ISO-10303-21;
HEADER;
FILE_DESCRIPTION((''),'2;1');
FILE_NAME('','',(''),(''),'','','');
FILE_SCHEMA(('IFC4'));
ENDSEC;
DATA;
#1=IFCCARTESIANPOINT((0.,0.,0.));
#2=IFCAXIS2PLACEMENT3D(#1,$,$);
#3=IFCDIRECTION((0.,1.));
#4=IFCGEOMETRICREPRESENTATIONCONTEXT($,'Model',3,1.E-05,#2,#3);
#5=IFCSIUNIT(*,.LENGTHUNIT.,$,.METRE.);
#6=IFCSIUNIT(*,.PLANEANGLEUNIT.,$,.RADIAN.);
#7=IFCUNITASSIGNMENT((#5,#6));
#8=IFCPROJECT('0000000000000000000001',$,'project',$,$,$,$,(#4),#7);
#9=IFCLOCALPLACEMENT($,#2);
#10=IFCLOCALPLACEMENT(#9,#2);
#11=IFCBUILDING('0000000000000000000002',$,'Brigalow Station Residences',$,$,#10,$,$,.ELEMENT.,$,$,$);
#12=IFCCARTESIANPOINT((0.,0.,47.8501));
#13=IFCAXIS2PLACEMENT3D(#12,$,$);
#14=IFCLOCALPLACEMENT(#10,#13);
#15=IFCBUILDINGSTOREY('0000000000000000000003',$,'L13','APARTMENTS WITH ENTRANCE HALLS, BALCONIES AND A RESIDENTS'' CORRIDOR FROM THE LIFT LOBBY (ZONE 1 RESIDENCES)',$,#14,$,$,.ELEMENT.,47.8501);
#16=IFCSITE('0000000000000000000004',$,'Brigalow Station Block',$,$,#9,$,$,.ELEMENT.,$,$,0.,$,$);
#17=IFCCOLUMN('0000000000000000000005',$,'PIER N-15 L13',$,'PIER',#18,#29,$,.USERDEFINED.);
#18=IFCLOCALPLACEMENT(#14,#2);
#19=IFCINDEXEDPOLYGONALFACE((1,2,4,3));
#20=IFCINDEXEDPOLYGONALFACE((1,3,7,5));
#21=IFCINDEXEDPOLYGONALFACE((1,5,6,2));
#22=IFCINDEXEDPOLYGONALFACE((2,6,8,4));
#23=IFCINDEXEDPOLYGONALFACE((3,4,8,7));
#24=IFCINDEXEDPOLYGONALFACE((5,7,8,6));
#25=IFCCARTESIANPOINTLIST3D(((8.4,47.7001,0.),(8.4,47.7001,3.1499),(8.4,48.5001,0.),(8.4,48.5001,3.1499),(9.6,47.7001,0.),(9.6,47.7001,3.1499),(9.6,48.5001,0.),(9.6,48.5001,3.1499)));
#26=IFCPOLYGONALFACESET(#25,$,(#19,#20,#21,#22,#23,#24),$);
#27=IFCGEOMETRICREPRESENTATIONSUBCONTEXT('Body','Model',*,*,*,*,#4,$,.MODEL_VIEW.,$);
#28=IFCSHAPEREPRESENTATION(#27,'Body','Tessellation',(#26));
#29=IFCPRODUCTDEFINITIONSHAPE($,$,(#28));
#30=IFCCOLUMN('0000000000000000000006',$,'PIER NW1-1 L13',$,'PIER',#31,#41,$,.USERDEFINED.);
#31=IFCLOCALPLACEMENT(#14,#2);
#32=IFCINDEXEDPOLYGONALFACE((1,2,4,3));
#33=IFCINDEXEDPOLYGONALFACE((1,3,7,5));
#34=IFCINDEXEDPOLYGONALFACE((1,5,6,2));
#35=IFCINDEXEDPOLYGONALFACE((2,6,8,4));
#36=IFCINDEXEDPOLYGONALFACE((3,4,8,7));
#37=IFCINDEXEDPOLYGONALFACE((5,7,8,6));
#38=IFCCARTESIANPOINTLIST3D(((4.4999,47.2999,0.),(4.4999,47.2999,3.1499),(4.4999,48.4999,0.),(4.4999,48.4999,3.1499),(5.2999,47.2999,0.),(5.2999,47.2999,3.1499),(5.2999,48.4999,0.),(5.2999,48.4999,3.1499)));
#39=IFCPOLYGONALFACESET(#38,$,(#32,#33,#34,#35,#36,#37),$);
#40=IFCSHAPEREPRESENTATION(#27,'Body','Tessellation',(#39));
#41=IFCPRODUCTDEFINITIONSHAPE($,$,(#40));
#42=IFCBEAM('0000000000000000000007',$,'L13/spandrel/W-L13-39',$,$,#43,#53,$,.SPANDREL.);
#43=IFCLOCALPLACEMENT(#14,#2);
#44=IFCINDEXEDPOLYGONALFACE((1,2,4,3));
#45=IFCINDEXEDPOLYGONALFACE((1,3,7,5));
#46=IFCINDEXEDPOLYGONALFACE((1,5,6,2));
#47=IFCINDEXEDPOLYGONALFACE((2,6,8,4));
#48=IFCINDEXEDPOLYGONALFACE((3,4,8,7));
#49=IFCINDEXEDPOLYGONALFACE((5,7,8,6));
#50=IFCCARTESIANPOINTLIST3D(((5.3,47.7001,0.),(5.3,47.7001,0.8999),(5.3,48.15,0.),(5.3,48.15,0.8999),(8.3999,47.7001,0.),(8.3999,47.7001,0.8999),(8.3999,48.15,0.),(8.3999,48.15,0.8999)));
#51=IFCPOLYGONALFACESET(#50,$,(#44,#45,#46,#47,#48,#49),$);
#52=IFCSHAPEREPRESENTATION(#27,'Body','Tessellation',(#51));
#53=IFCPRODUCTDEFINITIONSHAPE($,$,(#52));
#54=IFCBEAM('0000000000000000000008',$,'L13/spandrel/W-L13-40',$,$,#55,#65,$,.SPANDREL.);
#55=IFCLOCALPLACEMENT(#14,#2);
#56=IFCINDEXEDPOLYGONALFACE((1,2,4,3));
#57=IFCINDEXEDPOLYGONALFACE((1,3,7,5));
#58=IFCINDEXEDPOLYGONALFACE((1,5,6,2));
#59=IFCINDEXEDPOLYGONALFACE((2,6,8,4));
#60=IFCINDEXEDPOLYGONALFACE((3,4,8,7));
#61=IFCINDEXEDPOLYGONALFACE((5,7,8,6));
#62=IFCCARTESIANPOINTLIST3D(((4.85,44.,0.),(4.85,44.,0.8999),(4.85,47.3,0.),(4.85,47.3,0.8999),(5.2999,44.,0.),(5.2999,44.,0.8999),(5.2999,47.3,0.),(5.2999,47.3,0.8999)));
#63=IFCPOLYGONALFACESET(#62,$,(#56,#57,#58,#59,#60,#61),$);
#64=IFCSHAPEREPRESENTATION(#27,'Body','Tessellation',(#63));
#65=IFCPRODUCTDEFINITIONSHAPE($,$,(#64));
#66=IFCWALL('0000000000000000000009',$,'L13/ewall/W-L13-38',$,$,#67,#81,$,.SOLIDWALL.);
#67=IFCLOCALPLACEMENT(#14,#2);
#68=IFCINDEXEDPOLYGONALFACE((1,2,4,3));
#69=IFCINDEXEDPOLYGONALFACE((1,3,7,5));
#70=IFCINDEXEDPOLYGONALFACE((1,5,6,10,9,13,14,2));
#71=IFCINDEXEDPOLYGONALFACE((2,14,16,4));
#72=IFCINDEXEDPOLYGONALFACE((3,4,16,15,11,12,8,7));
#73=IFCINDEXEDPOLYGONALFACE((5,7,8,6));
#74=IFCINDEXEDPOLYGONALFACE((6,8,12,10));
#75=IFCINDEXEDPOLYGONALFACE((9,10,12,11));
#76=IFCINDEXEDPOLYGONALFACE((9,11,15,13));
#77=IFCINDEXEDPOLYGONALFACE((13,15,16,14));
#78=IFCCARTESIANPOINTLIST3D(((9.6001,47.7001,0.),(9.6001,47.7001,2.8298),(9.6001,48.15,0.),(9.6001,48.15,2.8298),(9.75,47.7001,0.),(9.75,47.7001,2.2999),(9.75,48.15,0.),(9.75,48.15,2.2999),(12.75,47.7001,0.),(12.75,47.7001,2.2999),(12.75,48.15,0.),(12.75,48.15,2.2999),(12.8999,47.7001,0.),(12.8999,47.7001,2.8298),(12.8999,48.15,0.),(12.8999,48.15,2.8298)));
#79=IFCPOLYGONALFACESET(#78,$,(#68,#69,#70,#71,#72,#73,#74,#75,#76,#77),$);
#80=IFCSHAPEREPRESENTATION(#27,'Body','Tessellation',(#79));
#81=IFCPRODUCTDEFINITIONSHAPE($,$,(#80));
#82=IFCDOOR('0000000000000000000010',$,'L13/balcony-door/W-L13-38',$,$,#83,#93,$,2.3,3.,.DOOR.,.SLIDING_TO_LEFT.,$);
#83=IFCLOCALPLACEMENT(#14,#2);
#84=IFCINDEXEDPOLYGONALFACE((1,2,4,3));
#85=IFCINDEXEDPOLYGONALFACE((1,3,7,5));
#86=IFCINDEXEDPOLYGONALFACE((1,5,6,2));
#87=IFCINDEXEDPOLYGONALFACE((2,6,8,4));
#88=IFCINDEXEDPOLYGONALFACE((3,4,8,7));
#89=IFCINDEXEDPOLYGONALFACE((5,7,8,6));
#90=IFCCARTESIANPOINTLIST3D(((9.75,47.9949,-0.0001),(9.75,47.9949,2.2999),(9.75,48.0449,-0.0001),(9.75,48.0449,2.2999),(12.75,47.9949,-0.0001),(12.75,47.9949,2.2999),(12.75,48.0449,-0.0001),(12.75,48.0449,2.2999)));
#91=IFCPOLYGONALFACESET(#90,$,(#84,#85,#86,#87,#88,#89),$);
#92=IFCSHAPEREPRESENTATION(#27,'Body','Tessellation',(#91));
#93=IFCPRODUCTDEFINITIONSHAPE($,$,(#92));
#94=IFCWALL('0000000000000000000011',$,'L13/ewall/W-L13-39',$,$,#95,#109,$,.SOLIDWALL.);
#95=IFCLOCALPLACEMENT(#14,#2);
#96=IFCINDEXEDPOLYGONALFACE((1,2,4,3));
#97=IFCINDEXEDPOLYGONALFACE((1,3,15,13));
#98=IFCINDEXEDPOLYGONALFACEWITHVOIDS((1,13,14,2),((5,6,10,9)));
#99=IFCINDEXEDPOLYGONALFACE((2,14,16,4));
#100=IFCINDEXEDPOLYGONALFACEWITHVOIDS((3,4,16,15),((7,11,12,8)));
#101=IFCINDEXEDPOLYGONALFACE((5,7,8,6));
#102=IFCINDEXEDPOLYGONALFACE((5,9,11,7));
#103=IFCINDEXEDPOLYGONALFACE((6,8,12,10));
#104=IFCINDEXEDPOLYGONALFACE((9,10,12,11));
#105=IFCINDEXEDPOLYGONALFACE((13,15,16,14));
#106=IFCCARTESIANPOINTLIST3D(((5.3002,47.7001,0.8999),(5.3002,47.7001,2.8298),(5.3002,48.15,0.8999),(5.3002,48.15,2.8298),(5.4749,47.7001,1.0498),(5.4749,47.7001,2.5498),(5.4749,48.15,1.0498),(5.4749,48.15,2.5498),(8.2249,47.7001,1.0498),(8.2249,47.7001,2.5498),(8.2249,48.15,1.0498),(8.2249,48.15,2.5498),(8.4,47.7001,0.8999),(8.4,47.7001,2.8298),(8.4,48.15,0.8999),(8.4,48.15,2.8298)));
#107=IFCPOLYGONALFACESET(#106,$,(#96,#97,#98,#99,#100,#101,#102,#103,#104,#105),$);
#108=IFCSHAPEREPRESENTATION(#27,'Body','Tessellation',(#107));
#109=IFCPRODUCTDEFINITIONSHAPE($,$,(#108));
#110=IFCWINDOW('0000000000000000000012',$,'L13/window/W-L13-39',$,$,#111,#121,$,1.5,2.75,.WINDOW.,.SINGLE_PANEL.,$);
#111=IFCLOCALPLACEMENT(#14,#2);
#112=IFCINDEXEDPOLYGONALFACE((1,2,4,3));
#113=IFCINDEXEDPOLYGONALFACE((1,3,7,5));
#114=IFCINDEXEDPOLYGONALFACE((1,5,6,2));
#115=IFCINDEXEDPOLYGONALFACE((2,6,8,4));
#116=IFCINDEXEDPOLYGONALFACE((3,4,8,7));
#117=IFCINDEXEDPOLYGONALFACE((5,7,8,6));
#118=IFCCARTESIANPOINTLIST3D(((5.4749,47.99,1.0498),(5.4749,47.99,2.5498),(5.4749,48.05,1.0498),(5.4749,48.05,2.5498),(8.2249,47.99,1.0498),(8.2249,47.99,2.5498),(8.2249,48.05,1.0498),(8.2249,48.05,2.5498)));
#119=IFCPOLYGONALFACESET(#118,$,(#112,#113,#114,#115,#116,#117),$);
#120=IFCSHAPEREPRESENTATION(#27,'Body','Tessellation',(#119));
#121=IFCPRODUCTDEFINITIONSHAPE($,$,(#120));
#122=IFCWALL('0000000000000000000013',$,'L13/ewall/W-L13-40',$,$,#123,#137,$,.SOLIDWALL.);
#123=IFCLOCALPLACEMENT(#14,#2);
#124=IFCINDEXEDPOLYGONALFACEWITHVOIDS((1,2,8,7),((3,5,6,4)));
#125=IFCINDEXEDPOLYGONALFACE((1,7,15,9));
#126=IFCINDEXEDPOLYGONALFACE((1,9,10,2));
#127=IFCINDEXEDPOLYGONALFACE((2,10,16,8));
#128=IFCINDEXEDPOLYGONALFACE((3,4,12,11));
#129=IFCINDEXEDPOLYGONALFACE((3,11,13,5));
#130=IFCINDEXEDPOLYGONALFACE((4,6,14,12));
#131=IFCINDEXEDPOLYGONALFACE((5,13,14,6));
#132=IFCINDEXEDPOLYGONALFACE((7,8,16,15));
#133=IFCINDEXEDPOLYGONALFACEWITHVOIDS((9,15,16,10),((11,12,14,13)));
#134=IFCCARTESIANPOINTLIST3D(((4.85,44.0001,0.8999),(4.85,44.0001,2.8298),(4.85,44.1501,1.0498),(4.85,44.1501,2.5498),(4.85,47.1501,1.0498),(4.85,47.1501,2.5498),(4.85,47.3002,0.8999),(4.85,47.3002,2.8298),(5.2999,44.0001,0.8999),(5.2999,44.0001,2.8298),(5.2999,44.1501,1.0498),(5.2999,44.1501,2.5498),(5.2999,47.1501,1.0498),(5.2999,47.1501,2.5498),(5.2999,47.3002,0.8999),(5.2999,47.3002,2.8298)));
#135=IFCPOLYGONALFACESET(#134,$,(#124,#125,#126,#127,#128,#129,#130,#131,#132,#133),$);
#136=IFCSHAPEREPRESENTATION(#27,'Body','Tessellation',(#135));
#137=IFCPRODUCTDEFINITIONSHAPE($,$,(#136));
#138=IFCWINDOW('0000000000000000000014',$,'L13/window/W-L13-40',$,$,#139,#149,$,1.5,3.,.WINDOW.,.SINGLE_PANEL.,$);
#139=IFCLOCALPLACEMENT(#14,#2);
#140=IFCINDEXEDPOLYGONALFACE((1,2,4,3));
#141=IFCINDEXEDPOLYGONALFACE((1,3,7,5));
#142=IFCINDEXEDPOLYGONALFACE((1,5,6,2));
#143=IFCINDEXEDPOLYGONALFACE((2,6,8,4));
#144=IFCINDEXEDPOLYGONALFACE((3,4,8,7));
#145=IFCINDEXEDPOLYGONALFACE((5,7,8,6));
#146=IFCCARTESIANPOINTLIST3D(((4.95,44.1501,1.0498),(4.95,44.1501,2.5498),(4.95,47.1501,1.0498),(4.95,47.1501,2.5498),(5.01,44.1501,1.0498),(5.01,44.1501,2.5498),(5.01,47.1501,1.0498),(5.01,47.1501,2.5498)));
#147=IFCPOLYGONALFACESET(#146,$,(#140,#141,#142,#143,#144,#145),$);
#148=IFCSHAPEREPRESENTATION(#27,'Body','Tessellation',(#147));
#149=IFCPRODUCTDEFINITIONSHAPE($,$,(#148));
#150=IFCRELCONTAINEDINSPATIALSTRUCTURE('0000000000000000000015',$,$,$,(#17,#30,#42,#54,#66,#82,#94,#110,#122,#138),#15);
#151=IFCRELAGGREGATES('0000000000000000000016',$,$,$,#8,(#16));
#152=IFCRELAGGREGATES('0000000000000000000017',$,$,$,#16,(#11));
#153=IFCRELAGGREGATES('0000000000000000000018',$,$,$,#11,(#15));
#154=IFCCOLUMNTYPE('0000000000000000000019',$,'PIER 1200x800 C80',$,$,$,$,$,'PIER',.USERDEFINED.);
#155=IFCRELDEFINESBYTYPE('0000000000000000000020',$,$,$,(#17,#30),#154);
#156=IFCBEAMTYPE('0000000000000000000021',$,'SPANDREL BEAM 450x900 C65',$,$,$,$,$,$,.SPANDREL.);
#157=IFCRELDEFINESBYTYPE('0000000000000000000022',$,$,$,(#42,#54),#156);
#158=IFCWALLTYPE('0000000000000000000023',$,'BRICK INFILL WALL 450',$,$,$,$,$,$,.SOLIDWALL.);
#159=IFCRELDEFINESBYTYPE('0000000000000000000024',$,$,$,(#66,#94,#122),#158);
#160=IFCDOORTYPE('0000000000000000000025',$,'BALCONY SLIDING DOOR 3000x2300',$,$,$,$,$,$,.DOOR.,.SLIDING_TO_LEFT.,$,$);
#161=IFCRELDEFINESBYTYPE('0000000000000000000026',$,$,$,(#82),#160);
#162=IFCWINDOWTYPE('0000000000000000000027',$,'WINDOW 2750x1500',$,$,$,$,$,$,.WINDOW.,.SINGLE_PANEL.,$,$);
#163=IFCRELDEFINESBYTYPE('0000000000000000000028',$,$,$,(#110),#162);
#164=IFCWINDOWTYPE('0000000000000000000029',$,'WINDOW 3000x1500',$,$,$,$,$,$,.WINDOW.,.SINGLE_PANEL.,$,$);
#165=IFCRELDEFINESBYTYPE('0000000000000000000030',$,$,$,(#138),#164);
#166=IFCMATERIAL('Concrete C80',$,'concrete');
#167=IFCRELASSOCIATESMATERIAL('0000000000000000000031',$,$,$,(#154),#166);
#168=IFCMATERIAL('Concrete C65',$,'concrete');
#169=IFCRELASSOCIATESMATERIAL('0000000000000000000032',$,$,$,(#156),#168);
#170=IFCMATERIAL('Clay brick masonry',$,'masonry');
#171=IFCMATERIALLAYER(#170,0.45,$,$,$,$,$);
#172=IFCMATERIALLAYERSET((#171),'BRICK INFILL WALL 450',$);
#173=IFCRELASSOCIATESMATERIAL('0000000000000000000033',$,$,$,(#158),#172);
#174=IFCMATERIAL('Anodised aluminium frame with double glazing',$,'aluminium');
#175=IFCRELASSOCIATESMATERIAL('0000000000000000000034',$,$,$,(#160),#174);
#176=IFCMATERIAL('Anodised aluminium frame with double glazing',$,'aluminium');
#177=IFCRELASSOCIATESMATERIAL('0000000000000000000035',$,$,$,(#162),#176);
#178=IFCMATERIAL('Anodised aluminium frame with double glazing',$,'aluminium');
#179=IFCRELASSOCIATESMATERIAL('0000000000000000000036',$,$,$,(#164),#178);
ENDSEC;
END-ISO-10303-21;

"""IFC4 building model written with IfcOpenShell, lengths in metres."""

from ifc_helpers import new_model, si_unit, direction, frame, frame_2d, origin, origin_2d, place, context, subcontext, project, spatial, rectangle, extrude, material, layer, layer_set, material_profile, profile_set, type_object, element, fill, save


model = new_model("IFC4")

# Units and contexts
model_context = context("Model", 3, precision=1e-05, world=origin(), true_north=direction((0.0, 1.0)))
body_context = subcontext(model_context, "Body", "Model", "MODEL_VIEW")
ifc_project = project(units=[si_unit("LENGTHUNIT", "METRE"), si_unit("PLANEANGLEUNIT", "RADIAN")], contexts=[model_context])

# Site, building, storey
site_placement = place(None, origin())
site = spatial("IfcSite", under=ifc_project, at=site_placement, Name="Brigalow Station Block", CompositionType="ELEMENT", RefElevation=0.0)
building_placement = place(site_placement, origin())
building = spatial("IfcBuilding", under=site, at=building_placement, Name="Brigalow Station Residences", CompositionType="ELEMENT")
storey_placement = place(building_placement, frame((0.0, 0.0, 47.8501)))
storey = spatial("IfcBuildingStorey", under=building, at=storey_placement, Name="L13", Description="APARTMENTS WITH ENTRANCE HALLS, BALCONIES AND A RESIDENTS' CORRIDOR FROM THE LIFT LOBBY (ZONE 1 RESIDENCES)", CompositionType="ELEMENT", Elevation=47.8501)

# Columns
ifc_material_1 = material(Name="Concrete C80", Category="concrete")
ifc_material_profile_1 = material_profile(ifc_material_1, rectangle(XDim=1.2, YDim=0.8, at=origin_2d()), Name="RC1200x800")
ifc_profile_set_1 = profile_set([ifc_material_profile_1], Name="Concrete C80")
column_type = type_object("IfcColumnType", Name="PIER 1200x800 C80", ElementType="PIER", PredefinedType="USERDEFINED", material=ifc_profile_set_1)
for number, where, z_axis, x_axis, name in (
    (1, (9.0, 48.1001, 0.0), (0.0, 0.0, 1.0), (-1.0, 0.0, 0.0), "PIER N-15 L13"),
    (2, (4.8999, 47.8999, 0.0), (0.0, 0.0, 1.0), (0.0, -1.0, 0.0), "PIER NW1-1 L13"),
):
    element("IfcColumn", number, at=place(storey_placement, frame(where, z_axis=z_axis, x_axis=x_axis)), inside=storey, type_object=column_type, Name=name, ObjectType="PIER", PredefinedType="USERDEFINED", context=body_context, shape_type="SweptSolid", body=[
        extrude(rectangle(XDim=1.2, YDim=0.8, at=origin_2d()), origin(), (0.0, 0.0, 1.0), 3.1499),
    ])

# Beams
ifc_material_2 = material(Name="Concrete C65", Category="concrete")
ifc_material_profile_2 = material_profile(ifc_material_2, rectangle(XDim=0.45, YDim=0.8999, at=origin_2d()), Name="RC450x900")
ifc_profile_set_2 = profile_set([ifc_material_profile_2], Name="Concrete C65")
beam_type = type_object("IfcBeamType", Name="SPANDREL BEAM 450x900 C65", PredefinedType="SPANDREL", material=ifc_profile_set_2)
beam_1_placement = place(storey_placement, frame((8.3999, 47.925, 0.45), z_axis=(-1.0, 0.0, 0.0), x_axis=(0.0, -1.0, 0.0)))
element("IfcBeam", 3, at=beam_1_placement, inside=storey, type_object=beam_type, Name="L13/spandrel/W-L13-39", PredefinedType="SPANDREL", context=body_context, shape_type="SweptSolid", body=[
    extrude(rectangle(XDim=0.45, YDim=0.8999, at=origin_2d()), origin(), (0.0, 0.0, 1.0), 3.0999),
])
beam_2_placement = place(storey_placement, frame((5.075, 47.3, 0.45), z_axis=(0.0, -1.0, 0.0), x_axis=(1.0, 0.0, 0.0)))
element("IfcBeam", 4, at=beam_2_placement, inside=storey, type_object=beam_type, Name="L13/spandrel/W-L13-40", PredefinedType="SPANDREL", context=body_context, shape_type="SweptSolid", body=[
    extrude(rectangle(XDim=0.45, YDim=0.8999, at=origin_2d()), origin(), (0.0, 0.0, 1.0), 3.3),
])

# Wall, opening, door
ifc_material_3 = material(Name="Clay brick masonry", Category="masonry")
ifc_layer_1 = layer(ifc_material_3, 0.45)
ifc_layer_set_1 = layer_set([ifc_layer_1], Name="BRICK INFILL WALL 450")
wall_type_1 = type_object("IfcWallType", Name="BRICK INFILL WALL 450", PredefinedType="SOLIDWALL", material=ifc_layer_set_1)
wall_1_placement = place(storey_placement, frame((12.8999, 47.925, 0.0), z_axis=(0.0, 0.0, 1.0), x_axis=(-1.0, 0.0, 0.0)))
wall_1 = element("IfcWall", 5, at=wall_1_placement, inside=storey, type_object=wall_type_1, Name="L13/ewall/W-L13-38", PredefinedType="SOLIDWALL", context=body_context, shape_type="SweptSolid", body=[
    extrude(rectangle(XDim=3.2998, YDim=0.45, at=frame_2d((1.6499, 0.0))), origin(), (0.0, 0.0, 1.0), 2.8298),
])
opening_1_placement = place(wall_1_placement, frame((0.1499, 0.0, 0.0)))
opening_1 = element("IfcOpeningElement", 6, at=opening_1_placement, cuts=wall_1, PredefinedType="OPENING", context=body_context, shape_type="SweptSolid", body=[
    extrude(rectangle(XDim=3.0, YDim=2.3, at=frame_2d((1.5, 1.1499))), frame((0.0, 0.2349, 0.0), z_axis=(0.0, -1.0, 0.0), x_axis=(1.0, 0.0, 0.0)), (0.0, 0.0, 1.0), 0.47),
])
ifc_material_4 = material(Name="Anodised aluminium frame with double glazing", Category="aluminium")
door_type_1 = type_object("IfcDoorType", Name="BALCONY SLIDING DOOR 3000x2300", OperationType="SLIDING_TO_LEFT", PredefinedType="DOOR", material=ifc_material_4)
door_1_placement = place(opening_1_placement, origin())
door_1 = element("IfcDoor", 7, at=door_1_placement, inside=storey, type_object=door_type_1, Name="L13/balcony-door/W-L13-38", OperationType="SLIDING_TO_LEFT", OverallHeight=2.3, OverallWidth=3.0, PredefinedType="DOOR", context=body_context, shape_type="SweptSolid", body=[
    extrude(rectangle(XDim=3.0, YDim=2.3, at=frame_2d((1.5, 1.1499))), frame((0.0, -0.0698, 0.0), z_axis=(0.0, -1.0, 0.0), x_axis=(1.0, 0.0, 0.0)), (0.0, 0.0, 1.0), 0.05),
])
fill(opening_1, door_1)

# Walls, openings, windows
wall_2_placement = place(storey_placement, frame((8.3999, 47.925, 0.8999), z_axis=(0.0, 0.0, 1.0), x_axis=(-1.0, 0.0, 0.0)))
wall_2 = element("IfcWall", 8, at=wall_2_placement, inside=storey, type_object=wall_type_1, Name="L13/ewall/W-L13-39", PredefinedType="SOLIDWALL", context=body_context, shape_type="SweptSolid", body=[
    extrude(rectangle(XDim=3.0999, YDim=0.45, at=frame_2d((1.5498, 0.0))), origin(), (0.0, 0.0, 1.0), 1.9299),
])
opening_2_placement = place(wall_2_placement, frame((0.175, 0.0, 0.1499)))
opening_2 = element("IfcOpeningElement", 9, at=opening_2_placement, cuts=wall_2, PredefinedType="OPENING", context=body_context, shape_type="SweptSolid", body=[
    extrude(rectangle(XDim=2.75, YDim=1.5, at=frame_2d((1.375, 0.75))), frame((0.0, 0.2349, 0.0), z_axis=(0.0, -1.0, 0.0), x_axis=(1.0, 0.0, 0.0)), (0.0, 0.0, 1.0), 0.47),
])
ifc_material_5 = material(Name="Anodised aluminium frame with double glazing", Category="aluminium")
window_type_1 = type_object("IfcWindowType", Name="WINDOW 2750x1500", PartitioningType="SINGLE_PANEL", PredefinedType="WINDOW", material=ifc_material_5)
window_1_placement = place(opening_2_placement, origin())
window_1 = element("IfcWindow", 10, at=window_1_placement, inside=storey, type_object=window_type_1, Name="L13/window/W-L13-39", OverallHeight=1.5, OverallWidth=2.75, PartitioningType="SINGLE_PANEL", PredefinedType="WINDOW", context=body_context, shape_type="SweptSolid", body=[
    extrude(rectangle(XDim=2.75, YDim=1.5, at=frame_2d((1.375, 0.75))), frame((0.0, -0.0649, 0.0), z_axis=(0.0, -1.0, 0.0), x_axis=(1.0, 0.0, 0.0)), (0.0, 0.0, 1.0), 0.0601),
])
fill(opening_2, window_1)
wall_3_placement = place(storey_placement, frame((5.075, 47.3, 0.8999), z_axis=(0.0, 0.0, 1.0), x_axis=(0.0, -1.0, 0.0)))
wall_3 = element("IfcWall", 11, at=wall_3_placement, inside=storey, type_object=wall_type_1, Name="L13/ewall/W-L13-40", PredefinedType="SOLIDWALL", context=body_context, shape_type="SweptSolid", body=[
    extrude(rectangle(XDim=3.3, YDim=0.45, at=frame_2d((1.6499, 0.0))), origin(), (0.0, 0.0, 1.0), 1.9299),
])
opening_3_placement = place(wall_3_placement, frame((0.1499, 0.0, 0.1499)))
opening_3 = element("IfcOpeningElement", 12, at=opening_3_placement, cuts=wall_3, PredefinedType="OPENING", context=body_context, shape_type="SweptSolid", body=[
    extrude(rectangle(XDim=3.0, YDim=1.5, at=frame_2d((1.5, 0.75))), frame((0.0, 0.2349, 0.0), z_axis=(0.0, -1.0, 0.0), x_axis=(1.0, 0.0, 0.0)), (0.0, 0.0, 1.0), 0.47),
])
ifc_material_6 = material(Name="Anodised aluminium frame with double glazing", Category="aluminium")
window_type_2 = type_object("IfcWindowType", Name="WINDOW 3000x1500", PartitioningType="SINGLE_PANEL", PredefinedType="WINDOW", material=ifc_material_6)
window_2_placement = place(opening_3_placement, origin())
window_2 = element("IfcWindow", 13, at=window_2_placement, inside=storey, type_object=window_type_2, Name="L13/window/W-L13-40", OverallHeight=1.5, OverallWidth=3.0, PartitioningType="SINGLE_PANEL", PredefinedType="WINDOW", context=body_context, shape_type="SweptSolid", body=[
    extrude(rectangle(XDim=3.0, YDim=1.5, at=frame_2d((1.5, 0.75))), frame((0.0, -0.0649, 0.0), z_axis=(0.0, -1.0, 0.0), x_axis=(1.0, 0.0, 0.0)), (0.0, 0.0, 1.0), 0.0601),
])
fill(opening_3, window_2)

save(model, "model.ifc")
